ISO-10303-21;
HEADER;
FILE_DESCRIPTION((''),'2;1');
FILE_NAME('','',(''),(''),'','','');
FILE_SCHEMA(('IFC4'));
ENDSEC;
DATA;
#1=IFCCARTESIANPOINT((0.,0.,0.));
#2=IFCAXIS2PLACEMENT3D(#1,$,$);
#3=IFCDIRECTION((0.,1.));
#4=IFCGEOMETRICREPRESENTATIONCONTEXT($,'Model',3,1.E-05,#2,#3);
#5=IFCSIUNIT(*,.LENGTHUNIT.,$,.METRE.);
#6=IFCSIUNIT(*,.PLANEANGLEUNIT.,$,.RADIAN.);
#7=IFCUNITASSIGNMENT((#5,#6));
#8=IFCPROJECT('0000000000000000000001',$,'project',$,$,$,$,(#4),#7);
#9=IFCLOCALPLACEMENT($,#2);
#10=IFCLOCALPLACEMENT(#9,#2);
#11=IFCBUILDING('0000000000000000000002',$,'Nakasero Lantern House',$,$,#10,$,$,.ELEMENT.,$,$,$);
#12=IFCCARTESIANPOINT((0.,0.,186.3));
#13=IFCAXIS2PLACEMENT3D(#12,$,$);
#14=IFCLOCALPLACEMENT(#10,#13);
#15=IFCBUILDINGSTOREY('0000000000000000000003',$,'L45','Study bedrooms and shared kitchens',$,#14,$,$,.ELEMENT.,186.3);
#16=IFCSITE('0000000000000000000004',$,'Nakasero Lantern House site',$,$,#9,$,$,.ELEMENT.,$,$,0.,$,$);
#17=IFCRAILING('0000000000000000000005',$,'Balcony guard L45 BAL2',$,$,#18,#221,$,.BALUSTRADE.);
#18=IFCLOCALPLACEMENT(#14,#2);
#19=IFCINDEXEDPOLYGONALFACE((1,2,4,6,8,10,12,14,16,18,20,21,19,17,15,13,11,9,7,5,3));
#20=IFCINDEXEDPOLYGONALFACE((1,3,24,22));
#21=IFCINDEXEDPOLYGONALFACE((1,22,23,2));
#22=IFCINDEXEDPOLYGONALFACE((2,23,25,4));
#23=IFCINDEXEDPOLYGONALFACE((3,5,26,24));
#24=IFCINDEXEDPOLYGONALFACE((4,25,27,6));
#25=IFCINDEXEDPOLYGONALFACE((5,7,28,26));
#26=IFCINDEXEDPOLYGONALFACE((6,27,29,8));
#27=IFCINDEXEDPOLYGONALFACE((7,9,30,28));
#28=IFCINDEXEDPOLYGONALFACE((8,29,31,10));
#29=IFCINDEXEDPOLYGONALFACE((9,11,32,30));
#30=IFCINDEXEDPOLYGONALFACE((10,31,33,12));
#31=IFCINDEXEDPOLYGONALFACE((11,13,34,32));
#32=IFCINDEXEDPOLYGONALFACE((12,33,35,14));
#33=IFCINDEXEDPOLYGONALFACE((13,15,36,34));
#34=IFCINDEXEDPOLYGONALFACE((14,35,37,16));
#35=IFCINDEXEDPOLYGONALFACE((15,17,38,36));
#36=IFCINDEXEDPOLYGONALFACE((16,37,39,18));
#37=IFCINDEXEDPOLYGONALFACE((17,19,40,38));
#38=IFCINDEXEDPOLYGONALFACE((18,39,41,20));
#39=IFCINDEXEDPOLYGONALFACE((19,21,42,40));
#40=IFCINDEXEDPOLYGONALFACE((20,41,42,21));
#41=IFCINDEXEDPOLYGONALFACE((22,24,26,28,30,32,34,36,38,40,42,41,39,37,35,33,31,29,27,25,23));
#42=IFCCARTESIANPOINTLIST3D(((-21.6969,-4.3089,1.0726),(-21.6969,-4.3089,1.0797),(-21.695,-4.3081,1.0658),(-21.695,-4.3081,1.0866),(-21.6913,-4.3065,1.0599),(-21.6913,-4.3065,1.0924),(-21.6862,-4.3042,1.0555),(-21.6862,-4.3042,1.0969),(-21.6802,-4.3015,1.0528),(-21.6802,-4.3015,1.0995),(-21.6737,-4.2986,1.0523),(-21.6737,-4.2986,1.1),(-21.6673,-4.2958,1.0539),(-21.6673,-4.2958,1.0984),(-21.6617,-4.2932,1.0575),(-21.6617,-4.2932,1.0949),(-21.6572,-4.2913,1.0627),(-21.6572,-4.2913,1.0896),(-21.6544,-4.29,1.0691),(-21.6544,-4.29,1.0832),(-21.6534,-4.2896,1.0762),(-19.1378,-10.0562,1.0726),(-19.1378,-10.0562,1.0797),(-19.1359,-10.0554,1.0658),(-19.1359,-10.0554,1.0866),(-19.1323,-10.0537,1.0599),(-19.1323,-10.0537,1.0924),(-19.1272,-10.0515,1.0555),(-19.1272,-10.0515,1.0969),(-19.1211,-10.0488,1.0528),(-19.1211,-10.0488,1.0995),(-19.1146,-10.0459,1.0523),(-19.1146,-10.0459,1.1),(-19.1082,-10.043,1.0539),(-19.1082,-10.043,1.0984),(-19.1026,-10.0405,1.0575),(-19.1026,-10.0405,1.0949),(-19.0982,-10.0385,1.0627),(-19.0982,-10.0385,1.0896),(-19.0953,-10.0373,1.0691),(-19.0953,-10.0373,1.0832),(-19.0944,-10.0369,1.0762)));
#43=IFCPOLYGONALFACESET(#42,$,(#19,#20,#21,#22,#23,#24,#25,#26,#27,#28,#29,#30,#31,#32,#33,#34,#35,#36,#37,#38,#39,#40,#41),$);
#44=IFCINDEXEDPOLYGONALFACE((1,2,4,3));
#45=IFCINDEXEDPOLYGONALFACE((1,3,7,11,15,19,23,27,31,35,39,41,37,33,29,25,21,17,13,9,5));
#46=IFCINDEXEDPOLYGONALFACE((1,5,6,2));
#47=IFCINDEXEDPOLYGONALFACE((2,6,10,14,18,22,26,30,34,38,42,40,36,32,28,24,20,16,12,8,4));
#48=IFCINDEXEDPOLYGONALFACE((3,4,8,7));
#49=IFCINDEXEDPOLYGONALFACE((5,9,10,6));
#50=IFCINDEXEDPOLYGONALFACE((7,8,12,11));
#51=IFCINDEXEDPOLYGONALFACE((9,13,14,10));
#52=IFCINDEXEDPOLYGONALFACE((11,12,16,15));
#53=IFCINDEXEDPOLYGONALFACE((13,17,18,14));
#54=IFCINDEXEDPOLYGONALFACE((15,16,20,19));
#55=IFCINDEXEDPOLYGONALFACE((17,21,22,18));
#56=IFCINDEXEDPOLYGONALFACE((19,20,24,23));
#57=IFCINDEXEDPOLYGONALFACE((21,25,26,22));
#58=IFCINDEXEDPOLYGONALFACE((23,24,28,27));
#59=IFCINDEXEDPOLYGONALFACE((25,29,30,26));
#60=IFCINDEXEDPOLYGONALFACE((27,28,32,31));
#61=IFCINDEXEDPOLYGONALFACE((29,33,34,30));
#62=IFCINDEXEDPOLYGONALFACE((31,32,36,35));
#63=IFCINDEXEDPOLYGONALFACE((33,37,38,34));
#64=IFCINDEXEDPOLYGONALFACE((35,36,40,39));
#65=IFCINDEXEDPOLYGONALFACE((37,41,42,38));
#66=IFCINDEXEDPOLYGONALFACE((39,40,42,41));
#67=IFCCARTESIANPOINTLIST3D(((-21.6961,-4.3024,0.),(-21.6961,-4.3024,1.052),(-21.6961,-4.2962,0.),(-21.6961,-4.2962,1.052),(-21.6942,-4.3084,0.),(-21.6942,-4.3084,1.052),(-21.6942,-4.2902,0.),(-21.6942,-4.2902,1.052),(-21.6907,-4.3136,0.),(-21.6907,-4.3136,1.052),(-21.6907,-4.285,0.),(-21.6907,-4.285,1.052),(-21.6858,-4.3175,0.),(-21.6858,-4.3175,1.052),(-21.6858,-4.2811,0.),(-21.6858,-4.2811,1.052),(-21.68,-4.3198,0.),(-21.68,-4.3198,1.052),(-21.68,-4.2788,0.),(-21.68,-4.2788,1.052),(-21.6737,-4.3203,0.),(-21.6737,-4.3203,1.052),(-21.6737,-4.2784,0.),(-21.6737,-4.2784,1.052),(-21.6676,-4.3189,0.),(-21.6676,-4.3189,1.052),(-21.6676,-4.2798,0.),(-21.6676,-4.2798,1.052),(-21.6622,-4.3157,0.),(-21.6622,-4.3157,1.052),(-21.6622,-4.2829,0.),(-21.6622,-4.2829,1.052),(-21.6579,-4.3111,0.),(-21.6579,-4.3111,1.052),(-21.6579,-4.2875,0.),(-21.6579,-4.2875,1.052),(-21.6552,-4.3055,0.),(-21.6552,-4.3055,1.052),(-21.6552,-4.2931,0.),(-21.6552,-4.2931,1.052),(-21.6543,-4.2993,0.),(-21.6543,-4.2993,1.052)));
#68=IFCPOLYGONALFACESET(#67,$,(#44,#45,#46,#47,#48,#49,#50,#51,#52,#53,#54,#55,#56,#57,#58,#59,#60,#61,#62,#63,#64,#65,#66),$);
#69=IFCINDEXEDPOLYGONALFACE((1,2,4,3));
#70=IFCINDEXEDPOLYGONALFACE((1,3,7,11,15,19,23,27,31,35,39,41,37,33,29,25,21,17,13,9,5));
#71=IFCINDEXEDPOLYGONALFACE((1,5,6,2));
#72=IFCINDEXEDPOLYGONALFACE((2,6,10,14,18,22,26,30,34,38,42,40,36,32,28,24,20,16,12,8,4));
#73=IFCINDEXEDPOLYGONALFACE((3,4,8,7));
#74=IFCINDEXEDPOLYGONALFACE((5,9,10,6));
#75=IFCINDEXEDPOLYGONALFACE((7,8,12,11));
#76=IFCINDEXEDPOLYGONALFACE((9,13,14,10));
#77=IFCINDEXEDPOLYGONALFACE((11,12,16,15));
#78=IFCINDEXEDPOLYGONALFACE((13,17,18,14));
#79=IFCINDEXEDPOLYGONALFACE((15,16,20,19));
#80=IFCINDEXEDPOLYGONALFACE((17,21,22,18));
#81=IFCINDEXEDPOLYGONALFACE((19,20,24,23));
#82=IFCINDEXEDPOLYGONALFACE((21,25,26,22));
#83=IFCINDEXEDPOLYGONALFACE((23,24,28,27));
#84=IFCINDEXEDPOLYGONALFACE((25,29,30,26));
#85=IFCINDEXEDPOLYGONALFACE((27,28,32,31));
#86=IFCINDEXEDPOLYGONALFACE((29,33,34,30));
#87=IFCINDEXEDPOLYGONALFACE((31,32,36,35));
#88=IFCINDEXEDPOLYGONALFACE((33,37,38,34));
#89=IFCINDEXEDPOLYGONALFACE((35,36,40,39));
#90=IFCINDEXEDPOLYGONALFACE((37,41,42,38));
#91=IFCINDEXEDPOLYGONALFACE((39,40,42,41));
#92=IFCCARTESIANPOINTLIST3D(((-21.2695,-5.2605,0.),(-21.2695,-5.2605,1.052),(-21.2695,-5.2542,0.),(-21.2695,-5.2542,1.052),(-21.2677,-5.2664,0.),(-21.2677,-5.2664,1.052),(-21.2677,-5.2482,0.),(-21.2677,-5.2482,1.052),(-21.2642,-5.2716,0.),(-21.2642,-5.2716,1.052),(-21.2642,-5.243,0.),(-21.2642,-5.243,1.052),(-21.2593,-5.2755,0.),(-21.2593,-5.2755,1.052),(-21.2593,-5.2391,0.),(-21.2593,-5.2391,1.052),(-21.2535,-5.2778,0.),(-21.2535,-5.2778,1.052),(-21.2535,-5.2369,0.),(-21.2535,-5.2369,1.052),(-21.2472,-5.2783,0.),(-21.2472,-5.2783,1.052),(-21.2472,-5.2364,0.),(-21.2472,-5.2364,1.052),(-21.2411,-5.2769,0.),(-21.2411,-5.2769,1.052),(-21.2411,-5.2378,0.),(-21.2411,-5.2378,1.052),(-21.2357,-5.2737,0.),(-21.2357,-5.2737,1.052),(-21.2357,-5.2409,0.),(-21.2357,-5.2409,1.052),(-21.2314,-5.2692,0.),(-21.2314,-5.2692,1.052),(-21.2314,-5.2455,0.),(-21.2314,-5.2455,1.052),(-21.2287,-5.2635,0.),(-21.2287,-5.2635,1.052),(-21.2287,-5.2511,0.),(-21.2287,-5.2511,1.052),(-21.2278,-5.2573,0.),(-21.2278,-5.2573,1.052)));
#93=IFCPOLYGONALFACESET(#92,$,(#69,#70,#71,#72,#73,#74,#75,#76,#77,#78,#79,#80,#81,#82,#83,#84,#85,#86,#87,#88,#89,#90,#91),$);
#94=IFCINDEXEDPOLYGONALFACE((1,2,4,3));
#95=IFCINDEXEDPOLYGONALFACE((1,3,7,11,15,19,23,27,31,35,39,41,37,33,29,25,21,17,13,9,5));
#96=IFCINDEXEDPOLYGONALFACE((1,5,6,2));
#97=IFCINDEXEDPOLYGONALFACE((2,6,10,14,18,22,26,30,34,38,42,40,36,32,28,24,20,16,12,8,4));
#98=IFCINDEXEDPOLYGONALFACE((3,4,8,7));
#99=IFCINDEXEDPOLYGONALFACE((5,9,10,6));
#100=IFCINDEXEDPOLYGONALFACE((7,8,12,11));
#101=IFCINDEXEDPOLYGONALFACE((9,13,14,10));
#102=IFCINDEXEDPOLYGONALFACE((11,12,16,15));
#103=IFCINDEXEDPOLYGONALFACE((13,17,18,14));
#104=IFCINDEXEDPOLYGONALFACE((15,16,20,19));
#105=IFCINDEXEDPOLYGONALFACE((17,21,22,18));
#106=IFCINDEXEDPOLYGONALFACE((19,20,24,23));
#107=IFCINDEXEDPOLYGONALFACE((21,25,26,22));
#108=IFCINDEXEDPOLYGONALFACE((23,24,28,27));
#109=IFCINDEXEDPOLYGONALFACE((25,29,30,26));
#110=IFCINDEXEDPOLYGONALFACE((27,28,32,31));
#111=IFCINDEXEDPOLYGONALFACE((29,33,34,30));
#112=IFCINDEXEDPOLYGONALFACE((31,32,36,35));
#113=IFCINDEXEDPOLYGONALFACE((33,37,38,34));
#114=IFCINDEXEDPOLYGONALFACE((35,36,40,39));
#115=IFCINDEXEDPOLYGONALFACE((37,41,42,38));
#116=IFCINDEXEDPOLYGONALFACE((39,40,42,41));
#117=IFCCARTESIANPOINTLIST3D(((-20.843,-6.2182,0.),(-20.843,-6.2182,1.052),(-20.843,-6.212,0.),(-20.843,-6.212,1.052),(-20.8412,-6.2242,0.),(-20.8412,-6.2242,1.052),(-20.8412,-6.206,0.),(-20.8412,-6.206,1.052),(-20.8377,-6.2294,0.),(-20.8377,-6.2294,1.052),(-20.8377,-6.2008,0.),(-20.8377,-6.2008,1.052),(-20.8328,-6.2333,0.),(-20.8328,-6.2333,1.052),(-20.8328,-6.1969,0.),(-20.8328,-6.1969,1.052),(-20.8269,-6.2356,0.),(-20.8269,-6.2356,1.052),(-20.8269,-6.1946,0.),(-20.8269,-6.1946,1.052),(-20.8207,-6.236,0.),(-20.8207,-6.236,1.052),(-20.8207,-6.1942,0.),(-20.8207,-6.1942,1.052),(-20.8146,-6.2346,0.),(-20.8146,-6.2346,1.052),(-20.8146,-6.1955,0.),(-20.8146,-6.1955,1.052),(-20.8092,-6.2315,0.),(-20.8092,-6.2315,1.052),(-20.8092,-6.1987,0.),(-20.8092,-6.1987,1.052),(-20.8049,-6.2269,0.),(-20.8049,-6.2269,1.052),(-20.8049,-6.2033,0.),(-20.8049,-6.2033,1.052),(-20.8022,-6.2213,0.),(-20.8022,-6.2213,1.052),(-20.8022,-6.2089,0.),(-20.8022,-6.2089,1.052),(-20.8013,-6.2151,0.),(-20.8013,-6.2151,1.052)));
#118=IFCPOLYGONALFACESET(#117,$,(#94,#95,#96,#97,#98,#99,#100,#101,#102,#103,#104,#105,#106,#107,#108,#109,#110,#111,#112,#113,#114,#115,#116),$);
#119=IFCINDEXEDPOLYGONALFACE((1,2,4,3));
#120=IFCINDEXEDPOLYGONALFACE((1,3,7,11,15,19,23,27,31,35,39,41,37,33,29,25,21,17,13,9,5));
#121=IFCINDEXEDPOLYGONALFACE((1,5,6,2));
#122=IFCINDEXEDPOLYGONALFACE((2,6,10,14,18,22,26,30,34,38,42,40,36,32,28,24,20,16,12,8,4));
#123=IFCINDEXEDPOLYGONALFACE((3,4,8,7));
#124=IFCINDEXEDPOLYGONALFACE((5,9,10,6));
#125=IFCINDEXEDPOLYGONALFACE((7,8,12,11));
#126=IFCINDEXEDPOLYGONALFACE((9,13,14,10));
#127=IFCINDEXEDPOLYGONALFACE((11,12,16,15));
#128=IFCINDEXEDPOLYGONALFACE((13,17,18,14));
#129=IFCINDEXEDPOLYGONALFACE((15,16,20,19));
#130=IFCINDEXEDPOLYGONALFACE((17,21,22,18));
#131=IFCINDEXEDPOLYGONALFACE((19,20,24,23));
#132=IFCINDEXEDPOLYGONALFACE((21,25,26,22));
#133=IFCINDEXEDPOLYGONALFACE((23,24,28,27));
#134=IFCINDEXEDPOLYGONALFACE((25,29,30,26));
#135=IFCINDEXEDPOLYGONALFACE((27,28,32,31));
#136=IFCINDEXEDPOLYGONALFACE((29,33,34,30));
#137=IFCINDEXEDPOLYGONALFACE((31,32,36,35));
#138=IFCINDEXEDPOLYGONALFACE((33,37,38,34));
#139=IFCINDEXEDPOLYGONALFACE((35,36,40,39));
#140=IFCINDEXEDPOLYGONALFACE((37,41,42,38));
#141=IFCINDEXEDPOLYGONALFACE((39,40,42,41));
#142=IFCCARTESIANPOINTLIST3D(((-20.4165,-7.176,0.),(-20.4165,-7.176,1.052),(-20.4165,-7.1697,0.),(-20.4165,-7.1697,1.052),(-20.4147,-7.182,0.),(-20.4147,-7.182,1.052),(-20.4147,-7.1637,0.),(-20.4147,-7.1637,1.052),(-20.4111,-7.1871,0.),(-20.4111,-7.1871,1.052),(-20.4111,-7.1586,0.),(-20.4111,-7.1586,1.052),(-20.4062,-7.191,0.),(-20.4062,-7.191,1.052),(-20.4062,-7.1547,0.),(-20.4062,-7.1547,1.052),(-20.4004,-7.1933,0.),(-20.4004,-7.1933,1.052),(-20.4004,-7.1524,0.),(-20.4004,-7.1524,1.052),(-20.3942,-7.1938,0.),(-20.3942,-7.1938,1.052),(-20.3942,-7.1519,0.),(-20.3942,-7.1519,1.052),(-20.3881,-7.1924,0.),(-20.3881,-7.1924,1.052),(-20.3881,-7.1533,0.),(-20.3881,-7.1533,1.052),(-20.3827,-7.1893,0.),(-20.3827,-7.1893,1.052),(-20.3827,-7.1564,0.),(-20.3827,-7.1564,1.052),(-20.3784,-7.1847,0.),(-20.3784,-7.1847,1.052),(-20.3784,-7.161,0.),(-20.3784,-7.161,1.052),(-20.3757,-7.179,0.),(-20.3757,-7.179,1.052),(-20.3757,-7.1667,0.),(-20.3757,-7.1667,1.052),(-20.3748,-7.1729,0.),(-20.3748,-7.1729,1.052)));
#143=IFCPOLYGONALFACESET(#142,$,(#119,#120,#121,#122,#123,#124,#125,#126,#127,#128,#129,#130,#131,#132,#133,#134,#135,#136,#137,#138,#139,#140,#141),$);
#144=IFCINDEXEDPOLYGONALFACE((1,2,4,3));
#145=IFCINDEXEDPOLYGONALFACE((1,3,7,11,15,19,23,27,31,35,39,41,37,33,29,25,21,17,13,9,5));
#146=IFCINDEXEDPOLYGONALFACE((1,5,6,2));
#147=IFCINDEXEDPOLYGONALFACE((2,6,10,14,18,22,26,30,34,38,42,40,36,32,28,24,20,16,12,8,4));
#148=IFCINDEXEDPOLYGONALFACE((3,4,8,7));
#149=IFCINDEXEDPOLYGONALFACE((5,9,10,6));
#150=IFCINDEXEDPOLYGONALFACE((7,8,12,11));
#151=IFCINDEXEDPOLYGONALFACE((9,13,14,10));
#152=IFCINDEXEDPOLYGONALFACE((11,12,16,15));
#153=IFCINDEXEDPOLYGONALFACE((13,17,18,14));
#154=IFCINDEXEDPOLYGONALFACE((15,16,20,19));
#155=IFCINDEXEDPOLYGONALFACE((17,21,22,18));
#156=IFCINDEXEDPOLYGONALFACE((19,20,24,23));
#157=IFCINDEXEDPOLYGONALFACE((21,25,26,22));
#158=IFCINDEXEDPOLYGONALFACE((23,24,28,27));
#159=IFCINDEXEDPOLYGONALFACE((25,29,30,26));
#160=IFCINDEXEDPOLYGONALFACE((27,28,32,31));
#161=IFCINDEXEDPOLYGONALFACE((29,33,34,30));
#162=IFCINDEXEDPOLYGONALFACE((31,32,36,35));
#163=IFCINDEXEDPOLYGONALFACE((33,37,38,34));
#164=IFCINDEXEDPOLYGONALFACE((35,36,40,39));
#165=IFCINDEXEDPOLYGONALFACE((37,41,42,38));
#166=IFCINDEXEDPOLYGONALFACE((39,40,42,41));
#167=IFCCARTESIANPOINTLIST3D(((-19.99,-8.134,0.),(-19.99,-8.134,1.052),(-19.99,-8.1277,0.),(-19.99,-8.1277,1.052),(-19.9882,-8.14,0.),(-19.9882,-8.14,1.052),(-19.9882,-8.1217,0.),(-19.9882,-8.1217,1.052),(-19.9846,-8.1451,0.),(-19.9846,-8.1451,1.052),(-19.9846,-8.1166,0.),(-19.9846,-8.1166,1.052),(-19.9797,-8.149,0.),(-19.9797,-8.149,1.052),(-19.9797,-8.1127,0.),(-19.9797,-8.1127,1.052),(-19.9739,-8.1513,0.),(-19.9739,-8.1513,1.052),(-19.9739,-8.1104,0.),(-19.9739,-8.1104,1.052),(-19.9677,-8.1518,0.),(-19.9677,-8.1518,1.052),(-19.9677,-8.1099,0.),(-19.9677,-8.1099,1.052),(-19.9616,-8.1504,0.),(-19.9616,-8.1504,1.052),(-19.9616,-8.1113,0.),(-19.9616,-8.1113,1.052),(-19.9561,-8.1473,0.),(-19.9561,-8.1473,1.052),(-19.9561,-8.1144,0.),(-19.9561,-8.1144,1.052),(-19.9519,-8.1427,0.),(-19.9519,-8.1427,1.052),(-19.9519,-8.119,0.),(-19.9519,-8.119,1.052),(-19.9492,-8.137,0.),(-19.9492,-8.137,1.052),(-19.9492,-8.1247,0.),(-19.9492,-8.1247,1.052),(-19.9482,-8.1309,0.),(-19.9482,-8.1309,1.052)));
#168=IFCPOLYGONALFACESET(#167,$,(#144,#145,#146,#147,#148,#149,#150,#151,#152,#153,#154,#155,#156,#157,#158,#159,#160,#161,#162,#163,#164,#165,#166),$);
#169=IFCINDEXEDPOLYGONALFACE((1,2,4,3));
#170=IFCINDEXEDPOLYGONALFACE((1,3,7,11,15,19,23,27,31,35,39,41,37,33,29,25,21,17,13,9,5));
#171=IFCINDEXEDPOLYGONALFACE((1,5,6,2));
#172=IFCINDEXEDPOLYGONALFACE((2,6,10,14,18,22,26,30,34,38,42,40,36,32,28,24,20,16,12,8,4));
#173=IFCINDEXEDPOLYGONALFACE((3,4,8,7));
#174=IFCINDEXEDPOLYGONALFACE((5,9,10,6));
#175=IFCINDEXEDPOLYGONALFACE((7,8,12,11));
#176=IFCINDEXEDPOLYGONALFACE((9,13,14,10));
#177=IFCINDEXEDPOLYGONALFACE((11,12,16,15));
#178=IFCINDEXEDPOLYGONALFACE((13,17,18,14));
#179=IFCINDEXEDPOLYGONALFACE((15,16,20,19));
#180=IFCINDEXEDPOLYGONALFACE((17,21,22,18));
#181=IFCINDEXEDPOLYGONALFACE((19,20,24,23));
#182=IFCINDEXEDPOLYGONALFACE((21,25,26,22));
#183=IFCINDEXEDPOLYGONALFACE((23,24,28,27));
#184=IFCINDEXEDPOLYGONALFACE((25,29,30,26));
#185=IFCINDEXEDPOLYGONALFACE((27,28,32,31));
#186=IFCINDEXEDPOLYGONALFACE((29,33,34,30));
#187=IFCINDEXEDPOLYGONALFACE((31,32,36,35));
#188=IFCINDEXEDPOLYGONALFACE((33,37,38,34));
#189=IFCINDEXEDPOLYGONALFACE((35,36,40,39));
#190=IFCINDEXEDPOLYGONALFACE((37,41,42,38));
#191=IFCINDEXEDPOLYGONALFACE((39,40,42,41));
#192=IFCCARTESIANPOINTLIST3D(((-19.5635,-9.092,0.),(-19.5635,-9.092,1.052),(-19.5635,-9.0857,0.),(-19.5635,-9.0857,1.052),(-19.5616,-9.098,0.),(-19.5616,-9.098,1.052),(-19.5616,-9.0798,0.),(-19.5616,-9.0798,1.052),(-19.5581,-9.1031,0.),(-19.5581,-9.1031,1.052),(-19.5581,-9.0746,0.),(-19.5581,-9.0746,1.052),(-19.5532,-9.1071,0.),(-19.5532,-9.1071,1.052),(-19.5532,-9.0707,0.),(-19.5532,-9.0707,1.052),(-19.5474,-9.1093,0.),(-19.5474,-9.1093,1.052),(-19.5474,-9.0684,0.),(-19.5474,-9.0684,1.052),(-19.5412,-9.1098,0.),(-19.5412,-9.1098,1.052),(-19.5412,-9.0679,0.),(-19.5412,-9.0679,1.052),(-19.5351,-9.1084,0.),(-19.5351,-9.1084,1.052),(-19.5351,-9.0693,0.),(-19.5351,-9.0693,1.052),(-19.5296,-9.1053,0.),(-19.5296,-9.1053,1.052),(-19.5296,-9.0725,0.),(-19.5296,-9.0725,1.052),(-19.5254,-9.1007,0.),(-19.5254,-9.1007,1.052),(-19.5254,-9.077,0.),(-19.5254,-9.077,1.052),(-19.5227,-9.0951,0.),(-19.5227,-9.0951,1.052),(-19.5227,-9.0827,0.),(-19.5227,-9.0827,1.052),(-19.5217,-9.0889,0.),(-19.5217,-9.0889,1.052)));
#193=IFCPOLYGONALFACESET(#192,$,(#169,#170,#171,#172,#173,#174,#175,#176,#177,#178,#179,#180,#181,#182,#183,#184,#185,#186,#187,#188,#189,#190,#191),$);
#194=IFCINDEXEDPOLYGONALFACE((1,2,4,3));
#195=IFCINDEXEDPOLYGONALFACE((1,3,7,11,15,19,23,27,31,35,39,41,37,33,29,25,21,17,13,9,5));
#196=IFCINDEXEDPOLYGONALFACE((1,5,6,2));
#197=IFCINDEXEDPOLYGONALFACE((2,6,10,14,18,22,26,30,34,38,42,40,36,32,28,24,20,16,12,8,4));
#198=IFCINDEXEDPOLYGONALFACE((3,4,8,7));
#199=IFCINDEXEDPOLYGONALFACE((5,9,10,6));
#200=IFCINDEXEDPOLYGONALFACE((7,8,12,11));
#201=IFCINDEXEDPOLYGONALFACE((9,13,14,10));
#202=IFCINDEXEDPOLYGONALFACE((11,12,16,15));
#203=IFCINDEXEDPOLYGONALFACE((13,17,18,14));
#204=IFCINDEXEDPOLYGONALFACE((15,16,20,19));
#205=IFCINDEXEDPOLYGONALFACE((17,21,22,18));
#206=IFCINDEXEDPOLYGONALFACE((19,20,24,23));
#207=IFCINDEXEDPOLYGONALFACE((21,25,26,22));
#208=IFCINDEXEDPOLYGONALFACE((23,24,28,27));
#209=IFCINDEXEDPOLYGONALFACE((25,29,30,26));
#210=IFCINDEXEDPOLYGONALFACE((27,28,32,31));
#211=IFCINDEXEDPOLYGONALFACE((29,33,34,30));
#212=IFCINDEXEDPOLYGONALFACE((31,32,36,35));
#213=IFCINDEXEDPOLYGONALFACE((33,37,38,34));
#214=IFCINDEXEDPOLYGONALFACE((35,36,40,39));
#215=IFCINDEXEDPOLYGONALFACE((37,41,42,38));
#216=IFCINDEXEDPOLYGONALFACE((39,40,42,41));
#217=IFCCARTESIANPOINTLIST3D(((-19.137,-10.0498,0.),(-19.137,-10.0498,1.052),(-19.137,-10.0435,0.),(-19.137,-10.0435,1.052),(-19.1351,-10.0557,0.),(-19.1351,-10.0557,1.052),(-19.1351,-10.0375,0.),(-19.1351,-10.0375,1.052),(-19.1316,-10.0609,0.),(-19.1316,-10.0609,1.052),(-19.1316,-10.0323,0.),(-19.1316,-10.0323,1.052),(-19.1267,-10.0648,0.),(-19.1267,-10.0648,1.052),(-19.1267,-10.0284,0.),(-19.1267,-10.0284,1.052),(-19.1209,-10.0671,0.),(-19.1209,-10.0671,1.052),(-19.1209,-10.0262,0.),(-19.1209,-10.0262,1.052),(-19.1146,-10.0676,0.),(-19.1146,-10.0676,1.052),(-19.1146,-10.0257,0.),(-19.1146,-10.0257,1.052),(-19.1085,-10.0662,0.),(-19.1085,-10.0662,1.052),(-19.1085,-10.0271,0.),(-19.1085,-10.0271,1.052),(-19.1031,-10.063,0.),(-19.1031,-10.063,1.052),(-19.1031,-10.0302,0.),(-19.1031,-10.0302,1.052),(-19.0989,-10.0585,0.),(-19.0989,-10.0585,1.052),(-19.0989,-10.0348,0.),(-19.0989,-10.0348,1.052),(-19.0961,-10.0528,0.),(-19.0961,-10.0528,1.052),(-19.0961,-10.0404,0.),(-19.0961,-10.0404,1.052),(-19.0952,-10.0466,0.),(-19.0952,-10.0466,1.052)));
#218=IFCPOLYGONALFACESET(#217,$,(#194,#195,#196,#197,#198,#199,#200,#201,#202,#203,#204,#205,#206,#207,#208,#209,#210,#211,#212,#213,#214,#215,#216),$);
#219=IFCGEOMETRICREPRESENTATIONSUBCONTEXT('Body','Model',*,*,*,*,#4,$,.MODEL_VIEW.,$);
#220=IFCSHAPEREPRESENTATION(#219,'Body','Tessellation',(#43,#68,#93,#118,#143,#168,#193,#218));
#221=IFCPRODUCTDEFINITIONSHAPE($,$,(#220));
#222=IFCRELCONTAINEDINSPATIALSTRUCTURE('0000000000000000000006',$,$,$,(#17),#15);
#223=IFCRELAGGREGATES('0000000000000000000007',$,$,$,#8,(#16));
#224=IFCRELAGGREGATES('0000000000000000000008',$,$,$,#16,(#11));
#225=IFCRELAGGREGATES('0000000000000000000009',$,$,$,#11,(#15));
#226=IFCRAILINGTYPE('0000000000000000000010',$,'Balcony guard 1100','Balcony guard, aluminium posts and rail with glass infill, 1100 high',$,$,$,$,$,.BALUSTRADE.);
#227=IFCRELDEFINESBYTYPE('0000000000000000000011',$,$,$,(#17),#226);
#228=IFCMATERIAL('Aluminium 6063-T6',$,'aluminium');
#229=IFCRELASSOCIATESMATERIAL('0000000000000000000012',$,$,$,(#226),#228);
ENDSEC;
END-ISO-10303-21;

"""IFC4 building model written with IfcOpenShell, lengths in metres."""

from ifc_helpers import new_model, si_unit, direction, frame, origin, origin_2d, place, context, subcontext, project, spatial, circle, extrude, material, type_object, element, save


model = new_model("IFC4")

# Units and contexts
model_context = context("Model", 3, precision=1e-05, world=origin(), true_north=direction((0.0, 1.0)))
body_context = subcontext(model_context, "Body", "Model", "MODEL_VIEW")
ifc_project = project(units=[si_unit("LENGTHUNIT", "METRE"), si_unit("PLANEANGLEUNIT", "RADIAN")], contexts=[model_context])

# Site, building, storey
site_placement = place(None, origin())
site = spatial("IfcSite", under=ifc_project, at=site_placement, Name="Nakasero Lantern House site", CompositionType="ELEMENT", RefElevation=0.0)
building_placement = place(site_placement, origin())
building = spatial("IfcBuilding", under=site, at=building_placement, Name="Nakasero Lantern House", CompositionType="ELEMENT")
storey_placement = place(building_placement, frame((0.0, 0.0, 186.3)))
storey = spatial("IfcBuildingStorey", under=building, at=storey_placement, Name="L45", Description="Study bedrooms and shared kitchens", CompositionType="ELEMENT", Elevation=186.3)

# Railing
ifc_material_1 = material(Name="Aluminium 6063-T6", Category="aluminium")
railing_type = type_object("IfcRailingType", Name="Balcony guard 1100", Description="Balcony guard, aluminium posts and rail with glass infill, 1100 high", PredefinedType="BALUSTRADE", material=ifc_material_1)
railing_placement = place(storey_placement, frame((-21.6753, -4.2993, 0.0)))
element("IfcRailing", 1, at=railing_placement, inside=storey, type_object=railing_type, Name="Balcony guard L45 BAL2", PredefinedType="BALUSTRADE", context=body_context, shape_type="SweptSolid", body=[
    extrude(circle(Radius=0.0239, at=origin_2d()), frame((0.0, 0.0, 1.0762), z_axis=(0.406765, -0.913533, 0.0), x_axis=(0.913533, 0.406765, 0.0)), (0.0, 0.0, 1.0), 6.2913),
    extrude(circle(Radius=0.021, at=origin_2d()), origin(), (0.0, 0.0, 1.0), 1.052),
    extrude(circle(Radius=0.021, at=origin_2d()), frame((0.4265, -0.958, 0.0)), (0.0, 0.0, 1.0), 1.052),
    extrude(circle(Radius=0.021, at=origin_2d()), frame((0.853, -1.9158, 0.0)), (0.0, 0.0, 1.0), 1.052),
    extrude(circle(Radius=0.021, at=origin_2d()), frame((1.2795, -2.8735, 0.0)), (0.0, 0.0, 1.0), 1.052),
    extrude(circle(Radius=0.021, at=origin_2d()), frame((1.7061, -3.8315, 0.0)), (0.0, 0.0, 1.0), 1.052),
    extrude(circle(Radius=0.021, at=origin_2d()), frame((2.1326, -4.7896, 0.0)), (0.0, 0.0, 1.0), 1.052),
    extrude(circle(Radius=0.021, at=origin_2d()), frame((2.5591, -5.7473, 0.0)), (0.0, 0.0, 1.0), 1.052),
])

save(model, "model.ifc")
